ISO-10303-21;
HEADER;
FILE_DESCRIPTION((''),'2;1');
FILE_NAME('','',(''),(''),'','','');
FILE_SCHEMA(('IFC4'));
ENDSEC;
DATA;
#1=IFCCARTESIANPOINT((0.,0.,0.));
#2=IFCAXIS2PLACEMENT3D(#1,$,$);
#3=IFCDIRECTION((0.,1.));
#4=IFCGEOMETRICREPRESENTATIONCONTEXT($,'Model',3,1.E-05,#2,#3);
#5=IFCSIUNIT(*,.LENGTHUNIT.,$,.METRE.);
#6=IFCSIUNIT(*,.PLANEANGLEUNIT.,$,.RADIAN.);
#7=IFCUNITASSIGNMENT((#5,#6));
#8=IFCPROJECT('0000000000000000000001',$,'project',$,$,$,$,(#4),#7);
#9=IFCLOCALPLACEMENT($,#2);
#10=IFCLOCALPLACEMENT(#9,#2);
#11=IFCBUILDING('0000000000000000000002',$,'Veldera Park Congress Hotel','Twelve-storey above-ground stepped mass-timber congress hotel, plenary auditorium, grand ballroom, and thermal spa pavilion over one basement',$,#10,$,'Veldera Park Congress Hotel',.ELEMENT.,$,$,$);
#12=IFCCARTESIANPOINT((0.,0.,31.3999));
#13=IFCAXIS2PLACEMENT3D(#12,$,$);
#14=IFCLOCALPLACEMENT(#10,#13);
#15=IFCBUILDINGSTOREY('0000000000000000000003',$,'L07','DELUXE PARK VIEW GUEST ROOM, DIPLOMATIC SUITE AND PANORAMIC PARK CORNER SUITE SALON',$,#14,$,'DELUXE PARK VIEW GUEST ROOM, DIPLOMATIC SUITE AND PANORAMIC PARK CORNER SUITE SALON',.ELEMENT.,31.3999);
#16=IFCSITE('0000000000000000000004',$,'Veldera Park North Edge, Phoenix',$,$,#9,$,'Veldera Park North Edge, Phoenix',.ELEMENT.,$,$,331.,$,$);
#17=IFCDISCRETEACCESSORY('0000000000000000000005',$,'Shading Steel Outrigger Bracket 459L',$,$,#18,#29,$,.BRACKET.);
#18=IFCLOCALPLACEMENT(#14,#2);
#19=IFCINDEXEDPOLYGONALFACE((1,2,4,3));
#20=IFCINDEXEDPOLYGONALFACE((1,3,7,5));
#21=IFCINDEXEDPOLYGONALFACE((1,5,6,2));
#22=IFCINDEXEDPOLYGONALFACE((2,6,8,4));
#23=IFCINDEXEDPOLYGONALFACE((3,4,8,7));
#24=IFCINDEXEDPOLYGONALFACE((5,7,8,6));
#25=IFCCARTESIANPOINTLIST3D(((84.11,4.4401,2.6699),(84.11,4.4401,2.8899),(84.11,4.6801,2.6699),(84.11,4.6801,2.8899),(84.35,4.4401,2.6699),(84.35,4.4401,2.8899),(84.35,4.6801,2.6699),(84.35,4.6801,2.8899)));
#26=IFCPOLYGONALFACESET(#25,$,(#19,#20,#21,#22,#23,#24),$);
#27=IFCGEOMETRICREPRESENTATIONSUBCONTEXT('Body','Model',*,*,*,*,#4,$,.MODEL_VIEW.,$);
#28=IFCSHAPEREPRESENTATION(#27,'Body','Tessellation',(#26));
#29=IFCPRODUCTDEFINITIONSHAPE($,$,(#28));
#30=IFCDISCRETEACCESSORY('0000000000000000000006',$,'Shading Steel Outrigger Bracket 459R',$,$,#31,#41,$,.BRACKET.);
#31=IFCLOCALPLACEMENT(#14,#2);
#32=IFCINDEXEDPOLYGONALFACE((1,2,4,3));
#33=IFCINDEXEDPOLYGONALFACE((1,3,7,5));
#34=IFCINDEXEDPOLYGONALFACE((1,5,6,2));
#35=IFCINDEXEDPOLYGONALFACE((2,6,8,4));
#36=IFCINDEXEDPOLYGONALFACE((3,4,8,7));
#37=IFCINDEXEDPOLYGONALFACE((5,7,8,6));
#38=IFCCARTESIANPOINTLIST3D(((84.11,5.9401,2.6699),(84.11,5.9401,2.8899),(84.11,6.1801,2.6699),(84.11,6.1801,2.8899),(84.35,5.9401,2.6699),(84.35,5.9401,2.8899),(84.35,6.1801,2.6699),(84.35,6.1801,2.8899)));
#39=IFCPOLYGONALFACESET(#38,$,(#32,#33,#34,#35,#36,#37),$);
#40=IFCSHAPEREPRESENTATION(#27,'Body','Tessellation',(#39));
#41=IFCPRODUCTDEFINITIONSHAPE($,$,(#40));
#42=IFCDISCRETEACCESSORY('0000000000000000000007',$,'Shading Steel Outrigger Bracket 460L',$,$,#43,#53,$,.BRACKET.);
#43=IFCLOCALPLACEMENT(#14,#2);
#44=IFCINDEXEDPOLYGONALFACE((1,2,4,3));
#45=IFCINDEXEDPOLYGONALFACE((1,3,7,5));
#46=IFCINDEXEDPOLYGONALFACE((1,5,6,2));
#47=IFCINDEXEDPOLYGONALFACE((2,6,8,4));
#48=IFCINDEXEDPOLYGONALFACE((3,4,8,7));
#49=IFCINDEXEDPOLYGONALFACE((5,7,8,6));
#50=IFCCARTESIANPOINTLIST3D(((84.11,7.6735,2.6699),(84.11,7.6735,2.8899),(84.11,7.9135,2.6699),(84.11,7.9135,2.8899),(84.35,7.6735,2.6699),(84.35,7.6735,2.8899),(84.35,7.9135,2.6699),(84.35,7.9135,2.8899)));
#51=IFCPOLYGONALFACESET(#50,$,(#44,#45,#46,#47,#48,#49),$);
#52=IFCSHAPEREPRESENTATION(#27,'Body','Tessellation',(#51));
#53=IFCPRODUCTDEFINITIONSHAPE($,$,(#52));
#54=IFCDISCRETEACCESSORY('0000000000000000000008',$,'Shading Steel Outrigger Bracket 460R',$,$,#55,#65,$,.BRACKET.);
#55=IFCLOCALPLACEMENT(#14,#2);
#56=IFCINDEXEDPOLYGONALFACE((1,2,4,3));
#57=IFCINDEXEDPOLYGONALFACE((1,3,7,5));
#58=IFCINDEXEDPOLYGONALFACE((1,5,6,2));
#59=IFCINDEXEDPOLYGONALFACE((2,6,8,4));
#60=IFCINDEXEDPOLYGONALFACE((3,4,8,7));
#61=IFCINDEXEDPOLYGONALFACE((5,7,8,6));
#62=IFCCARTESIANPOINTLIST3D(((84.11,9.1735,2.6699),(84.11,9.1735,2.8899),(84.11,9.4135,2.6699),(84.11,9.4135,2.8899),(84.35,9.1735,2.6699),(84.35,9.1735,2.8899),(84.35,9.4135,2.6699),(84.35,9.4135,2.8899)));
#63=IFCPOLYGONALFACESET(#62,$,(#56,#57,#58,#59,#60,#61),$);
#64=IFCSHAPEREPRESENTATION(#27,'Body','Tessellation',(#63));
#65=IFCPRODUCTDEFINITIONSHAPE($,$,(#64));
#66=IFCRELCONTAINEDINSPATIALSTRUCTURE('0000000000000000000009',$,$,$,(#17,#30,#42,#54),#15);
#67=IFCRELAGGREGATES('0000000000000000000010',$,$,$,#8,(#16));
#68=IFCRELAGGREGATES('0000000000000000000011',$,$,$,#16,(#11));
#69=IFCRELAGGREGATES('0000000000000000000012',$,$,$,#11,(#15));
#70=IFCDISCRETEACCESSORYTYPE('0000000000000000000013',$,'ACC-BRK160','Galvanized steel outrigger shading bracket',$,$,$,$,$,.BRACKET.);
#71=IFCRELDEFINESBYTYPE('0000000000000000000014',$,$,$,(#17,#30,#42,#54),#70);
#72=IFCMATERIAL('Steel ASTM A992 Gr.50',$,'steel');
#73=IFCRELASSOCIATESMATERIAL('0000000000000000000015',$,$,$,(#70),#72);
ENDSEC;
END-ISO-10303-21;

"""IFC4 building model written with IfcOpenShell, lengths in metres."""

from ifc_helpers import new_model, si_unit, direction, frame, origin, origin_2d, place, context, subcontext, project, spatial, rectangle, extrude, material, type_object, element, save


model = new_model("IFC4")

# Units and contexts
model_context = context("Model", 3, precision=1e-05, world=origin(), true_north=direction((0.0, 1.0)))
body_context = subcontext(model_context, "Body", "Model", "MODEL_VIEW")
ifc_project = project(units=[si_unit("LENGTHUNIT", "METRE"), si_unit("PLANEANGLEUNIT", "RADIAN")], contexts=[model_context])

# Site, building, storey
site_placement = place(None, origin())
site = spatial("IfcSite", under=ifc_project, at=site_placement, Name="Veldera Park North Edge, Phoenix", LongName="Veldera Park North Edge, Phoenix", CompositionType="ELEMENT", RefElevation=331.0)
building_placement = place(site_placement, origin())
building = spatial("IfcBuilding", under=site, at=building_placement, Name="Veldera Park Congress Hotel", Description="Twelve-storey above-ground stepped mass-timber congress hotel, plenary auditorium, grand ballroom, and thermal spa pavilion over one basement", LongName="Veldera Park Congress Hotel", CompositionType="ELEMENT")
storey_placement = place(building_placement, frame((0.0, 0.0, 31.3999)))
storey = spatial("IfcBuildingStorey", under=building, at=storey_placement, Name="L07", Description="DELUXE PARK VIEW GUEST ROOM, DIPLOMATIC SUITE AND PANORAMIC PARK CORNER SUITE SALON", LongName="DELUXE PARK VIEW GUEST ROOM, DIPLOMATIC SUITE AND PANORAMIC PARK CORNER SUITE SALON", CompositionType="ELEMENT", Elevation=31.3999)

# Discrete accessories
ifc_material_1 = material(Name="Steel ASTM A992 Gr.50", Category="steel")
discrete_accessory_type = type_object("IfcDiscreteAccessoryType", Name="ACC-BRK160", Description="Galvanized steel outrigger shading bracket", PredefinedType="BRACKET", material=ifc_material_1)
for number, where, z_axis, x_axis, name in (
    (1, (84.23, 4.5601, 2.6699), (0.0, 0.0, 1.0), (0.0, 1.0, 0.0), "Shading Steel Outrigger Bracket 459L"),
    (2, (84.23, 6.0601, 2.6699), (0.0, 0.0, 1.0), (0.0, 1.0, 0.0), "Shading Steel Outrigger Bracket 459R"),
    (3, (84.23, 7.7935, 2.6699), (0.0, 0.0, 1.0), (0.0, 1.0, 0.0), "Shading Steel Outrigger Bracket 460L"),
    (4, (84.23, 9.2935, 2.6699), (0.0, 0.0, 1.0), (0.0, 1.0, 0.0), "Shading Steel Outrigger Bracket 460R"),
):
    element("IfcDiscreteAccessory", number, at=place(storey_placement, frame(where, z_axis=z_axis, x_axis=x_axis)), inside=storey, type_object=discrete_accessory_type, Name=name, PredefinedType="BRACKET", context=body_context, shape_type="SweptSolid", body=[
        extrude(rectangle(XDim=0.24, YDim=0.24, at=origin_2d()), origin(), (0.0, 0.0, 1.0), 0.22),
    ])

save(model, "model.ifc")
